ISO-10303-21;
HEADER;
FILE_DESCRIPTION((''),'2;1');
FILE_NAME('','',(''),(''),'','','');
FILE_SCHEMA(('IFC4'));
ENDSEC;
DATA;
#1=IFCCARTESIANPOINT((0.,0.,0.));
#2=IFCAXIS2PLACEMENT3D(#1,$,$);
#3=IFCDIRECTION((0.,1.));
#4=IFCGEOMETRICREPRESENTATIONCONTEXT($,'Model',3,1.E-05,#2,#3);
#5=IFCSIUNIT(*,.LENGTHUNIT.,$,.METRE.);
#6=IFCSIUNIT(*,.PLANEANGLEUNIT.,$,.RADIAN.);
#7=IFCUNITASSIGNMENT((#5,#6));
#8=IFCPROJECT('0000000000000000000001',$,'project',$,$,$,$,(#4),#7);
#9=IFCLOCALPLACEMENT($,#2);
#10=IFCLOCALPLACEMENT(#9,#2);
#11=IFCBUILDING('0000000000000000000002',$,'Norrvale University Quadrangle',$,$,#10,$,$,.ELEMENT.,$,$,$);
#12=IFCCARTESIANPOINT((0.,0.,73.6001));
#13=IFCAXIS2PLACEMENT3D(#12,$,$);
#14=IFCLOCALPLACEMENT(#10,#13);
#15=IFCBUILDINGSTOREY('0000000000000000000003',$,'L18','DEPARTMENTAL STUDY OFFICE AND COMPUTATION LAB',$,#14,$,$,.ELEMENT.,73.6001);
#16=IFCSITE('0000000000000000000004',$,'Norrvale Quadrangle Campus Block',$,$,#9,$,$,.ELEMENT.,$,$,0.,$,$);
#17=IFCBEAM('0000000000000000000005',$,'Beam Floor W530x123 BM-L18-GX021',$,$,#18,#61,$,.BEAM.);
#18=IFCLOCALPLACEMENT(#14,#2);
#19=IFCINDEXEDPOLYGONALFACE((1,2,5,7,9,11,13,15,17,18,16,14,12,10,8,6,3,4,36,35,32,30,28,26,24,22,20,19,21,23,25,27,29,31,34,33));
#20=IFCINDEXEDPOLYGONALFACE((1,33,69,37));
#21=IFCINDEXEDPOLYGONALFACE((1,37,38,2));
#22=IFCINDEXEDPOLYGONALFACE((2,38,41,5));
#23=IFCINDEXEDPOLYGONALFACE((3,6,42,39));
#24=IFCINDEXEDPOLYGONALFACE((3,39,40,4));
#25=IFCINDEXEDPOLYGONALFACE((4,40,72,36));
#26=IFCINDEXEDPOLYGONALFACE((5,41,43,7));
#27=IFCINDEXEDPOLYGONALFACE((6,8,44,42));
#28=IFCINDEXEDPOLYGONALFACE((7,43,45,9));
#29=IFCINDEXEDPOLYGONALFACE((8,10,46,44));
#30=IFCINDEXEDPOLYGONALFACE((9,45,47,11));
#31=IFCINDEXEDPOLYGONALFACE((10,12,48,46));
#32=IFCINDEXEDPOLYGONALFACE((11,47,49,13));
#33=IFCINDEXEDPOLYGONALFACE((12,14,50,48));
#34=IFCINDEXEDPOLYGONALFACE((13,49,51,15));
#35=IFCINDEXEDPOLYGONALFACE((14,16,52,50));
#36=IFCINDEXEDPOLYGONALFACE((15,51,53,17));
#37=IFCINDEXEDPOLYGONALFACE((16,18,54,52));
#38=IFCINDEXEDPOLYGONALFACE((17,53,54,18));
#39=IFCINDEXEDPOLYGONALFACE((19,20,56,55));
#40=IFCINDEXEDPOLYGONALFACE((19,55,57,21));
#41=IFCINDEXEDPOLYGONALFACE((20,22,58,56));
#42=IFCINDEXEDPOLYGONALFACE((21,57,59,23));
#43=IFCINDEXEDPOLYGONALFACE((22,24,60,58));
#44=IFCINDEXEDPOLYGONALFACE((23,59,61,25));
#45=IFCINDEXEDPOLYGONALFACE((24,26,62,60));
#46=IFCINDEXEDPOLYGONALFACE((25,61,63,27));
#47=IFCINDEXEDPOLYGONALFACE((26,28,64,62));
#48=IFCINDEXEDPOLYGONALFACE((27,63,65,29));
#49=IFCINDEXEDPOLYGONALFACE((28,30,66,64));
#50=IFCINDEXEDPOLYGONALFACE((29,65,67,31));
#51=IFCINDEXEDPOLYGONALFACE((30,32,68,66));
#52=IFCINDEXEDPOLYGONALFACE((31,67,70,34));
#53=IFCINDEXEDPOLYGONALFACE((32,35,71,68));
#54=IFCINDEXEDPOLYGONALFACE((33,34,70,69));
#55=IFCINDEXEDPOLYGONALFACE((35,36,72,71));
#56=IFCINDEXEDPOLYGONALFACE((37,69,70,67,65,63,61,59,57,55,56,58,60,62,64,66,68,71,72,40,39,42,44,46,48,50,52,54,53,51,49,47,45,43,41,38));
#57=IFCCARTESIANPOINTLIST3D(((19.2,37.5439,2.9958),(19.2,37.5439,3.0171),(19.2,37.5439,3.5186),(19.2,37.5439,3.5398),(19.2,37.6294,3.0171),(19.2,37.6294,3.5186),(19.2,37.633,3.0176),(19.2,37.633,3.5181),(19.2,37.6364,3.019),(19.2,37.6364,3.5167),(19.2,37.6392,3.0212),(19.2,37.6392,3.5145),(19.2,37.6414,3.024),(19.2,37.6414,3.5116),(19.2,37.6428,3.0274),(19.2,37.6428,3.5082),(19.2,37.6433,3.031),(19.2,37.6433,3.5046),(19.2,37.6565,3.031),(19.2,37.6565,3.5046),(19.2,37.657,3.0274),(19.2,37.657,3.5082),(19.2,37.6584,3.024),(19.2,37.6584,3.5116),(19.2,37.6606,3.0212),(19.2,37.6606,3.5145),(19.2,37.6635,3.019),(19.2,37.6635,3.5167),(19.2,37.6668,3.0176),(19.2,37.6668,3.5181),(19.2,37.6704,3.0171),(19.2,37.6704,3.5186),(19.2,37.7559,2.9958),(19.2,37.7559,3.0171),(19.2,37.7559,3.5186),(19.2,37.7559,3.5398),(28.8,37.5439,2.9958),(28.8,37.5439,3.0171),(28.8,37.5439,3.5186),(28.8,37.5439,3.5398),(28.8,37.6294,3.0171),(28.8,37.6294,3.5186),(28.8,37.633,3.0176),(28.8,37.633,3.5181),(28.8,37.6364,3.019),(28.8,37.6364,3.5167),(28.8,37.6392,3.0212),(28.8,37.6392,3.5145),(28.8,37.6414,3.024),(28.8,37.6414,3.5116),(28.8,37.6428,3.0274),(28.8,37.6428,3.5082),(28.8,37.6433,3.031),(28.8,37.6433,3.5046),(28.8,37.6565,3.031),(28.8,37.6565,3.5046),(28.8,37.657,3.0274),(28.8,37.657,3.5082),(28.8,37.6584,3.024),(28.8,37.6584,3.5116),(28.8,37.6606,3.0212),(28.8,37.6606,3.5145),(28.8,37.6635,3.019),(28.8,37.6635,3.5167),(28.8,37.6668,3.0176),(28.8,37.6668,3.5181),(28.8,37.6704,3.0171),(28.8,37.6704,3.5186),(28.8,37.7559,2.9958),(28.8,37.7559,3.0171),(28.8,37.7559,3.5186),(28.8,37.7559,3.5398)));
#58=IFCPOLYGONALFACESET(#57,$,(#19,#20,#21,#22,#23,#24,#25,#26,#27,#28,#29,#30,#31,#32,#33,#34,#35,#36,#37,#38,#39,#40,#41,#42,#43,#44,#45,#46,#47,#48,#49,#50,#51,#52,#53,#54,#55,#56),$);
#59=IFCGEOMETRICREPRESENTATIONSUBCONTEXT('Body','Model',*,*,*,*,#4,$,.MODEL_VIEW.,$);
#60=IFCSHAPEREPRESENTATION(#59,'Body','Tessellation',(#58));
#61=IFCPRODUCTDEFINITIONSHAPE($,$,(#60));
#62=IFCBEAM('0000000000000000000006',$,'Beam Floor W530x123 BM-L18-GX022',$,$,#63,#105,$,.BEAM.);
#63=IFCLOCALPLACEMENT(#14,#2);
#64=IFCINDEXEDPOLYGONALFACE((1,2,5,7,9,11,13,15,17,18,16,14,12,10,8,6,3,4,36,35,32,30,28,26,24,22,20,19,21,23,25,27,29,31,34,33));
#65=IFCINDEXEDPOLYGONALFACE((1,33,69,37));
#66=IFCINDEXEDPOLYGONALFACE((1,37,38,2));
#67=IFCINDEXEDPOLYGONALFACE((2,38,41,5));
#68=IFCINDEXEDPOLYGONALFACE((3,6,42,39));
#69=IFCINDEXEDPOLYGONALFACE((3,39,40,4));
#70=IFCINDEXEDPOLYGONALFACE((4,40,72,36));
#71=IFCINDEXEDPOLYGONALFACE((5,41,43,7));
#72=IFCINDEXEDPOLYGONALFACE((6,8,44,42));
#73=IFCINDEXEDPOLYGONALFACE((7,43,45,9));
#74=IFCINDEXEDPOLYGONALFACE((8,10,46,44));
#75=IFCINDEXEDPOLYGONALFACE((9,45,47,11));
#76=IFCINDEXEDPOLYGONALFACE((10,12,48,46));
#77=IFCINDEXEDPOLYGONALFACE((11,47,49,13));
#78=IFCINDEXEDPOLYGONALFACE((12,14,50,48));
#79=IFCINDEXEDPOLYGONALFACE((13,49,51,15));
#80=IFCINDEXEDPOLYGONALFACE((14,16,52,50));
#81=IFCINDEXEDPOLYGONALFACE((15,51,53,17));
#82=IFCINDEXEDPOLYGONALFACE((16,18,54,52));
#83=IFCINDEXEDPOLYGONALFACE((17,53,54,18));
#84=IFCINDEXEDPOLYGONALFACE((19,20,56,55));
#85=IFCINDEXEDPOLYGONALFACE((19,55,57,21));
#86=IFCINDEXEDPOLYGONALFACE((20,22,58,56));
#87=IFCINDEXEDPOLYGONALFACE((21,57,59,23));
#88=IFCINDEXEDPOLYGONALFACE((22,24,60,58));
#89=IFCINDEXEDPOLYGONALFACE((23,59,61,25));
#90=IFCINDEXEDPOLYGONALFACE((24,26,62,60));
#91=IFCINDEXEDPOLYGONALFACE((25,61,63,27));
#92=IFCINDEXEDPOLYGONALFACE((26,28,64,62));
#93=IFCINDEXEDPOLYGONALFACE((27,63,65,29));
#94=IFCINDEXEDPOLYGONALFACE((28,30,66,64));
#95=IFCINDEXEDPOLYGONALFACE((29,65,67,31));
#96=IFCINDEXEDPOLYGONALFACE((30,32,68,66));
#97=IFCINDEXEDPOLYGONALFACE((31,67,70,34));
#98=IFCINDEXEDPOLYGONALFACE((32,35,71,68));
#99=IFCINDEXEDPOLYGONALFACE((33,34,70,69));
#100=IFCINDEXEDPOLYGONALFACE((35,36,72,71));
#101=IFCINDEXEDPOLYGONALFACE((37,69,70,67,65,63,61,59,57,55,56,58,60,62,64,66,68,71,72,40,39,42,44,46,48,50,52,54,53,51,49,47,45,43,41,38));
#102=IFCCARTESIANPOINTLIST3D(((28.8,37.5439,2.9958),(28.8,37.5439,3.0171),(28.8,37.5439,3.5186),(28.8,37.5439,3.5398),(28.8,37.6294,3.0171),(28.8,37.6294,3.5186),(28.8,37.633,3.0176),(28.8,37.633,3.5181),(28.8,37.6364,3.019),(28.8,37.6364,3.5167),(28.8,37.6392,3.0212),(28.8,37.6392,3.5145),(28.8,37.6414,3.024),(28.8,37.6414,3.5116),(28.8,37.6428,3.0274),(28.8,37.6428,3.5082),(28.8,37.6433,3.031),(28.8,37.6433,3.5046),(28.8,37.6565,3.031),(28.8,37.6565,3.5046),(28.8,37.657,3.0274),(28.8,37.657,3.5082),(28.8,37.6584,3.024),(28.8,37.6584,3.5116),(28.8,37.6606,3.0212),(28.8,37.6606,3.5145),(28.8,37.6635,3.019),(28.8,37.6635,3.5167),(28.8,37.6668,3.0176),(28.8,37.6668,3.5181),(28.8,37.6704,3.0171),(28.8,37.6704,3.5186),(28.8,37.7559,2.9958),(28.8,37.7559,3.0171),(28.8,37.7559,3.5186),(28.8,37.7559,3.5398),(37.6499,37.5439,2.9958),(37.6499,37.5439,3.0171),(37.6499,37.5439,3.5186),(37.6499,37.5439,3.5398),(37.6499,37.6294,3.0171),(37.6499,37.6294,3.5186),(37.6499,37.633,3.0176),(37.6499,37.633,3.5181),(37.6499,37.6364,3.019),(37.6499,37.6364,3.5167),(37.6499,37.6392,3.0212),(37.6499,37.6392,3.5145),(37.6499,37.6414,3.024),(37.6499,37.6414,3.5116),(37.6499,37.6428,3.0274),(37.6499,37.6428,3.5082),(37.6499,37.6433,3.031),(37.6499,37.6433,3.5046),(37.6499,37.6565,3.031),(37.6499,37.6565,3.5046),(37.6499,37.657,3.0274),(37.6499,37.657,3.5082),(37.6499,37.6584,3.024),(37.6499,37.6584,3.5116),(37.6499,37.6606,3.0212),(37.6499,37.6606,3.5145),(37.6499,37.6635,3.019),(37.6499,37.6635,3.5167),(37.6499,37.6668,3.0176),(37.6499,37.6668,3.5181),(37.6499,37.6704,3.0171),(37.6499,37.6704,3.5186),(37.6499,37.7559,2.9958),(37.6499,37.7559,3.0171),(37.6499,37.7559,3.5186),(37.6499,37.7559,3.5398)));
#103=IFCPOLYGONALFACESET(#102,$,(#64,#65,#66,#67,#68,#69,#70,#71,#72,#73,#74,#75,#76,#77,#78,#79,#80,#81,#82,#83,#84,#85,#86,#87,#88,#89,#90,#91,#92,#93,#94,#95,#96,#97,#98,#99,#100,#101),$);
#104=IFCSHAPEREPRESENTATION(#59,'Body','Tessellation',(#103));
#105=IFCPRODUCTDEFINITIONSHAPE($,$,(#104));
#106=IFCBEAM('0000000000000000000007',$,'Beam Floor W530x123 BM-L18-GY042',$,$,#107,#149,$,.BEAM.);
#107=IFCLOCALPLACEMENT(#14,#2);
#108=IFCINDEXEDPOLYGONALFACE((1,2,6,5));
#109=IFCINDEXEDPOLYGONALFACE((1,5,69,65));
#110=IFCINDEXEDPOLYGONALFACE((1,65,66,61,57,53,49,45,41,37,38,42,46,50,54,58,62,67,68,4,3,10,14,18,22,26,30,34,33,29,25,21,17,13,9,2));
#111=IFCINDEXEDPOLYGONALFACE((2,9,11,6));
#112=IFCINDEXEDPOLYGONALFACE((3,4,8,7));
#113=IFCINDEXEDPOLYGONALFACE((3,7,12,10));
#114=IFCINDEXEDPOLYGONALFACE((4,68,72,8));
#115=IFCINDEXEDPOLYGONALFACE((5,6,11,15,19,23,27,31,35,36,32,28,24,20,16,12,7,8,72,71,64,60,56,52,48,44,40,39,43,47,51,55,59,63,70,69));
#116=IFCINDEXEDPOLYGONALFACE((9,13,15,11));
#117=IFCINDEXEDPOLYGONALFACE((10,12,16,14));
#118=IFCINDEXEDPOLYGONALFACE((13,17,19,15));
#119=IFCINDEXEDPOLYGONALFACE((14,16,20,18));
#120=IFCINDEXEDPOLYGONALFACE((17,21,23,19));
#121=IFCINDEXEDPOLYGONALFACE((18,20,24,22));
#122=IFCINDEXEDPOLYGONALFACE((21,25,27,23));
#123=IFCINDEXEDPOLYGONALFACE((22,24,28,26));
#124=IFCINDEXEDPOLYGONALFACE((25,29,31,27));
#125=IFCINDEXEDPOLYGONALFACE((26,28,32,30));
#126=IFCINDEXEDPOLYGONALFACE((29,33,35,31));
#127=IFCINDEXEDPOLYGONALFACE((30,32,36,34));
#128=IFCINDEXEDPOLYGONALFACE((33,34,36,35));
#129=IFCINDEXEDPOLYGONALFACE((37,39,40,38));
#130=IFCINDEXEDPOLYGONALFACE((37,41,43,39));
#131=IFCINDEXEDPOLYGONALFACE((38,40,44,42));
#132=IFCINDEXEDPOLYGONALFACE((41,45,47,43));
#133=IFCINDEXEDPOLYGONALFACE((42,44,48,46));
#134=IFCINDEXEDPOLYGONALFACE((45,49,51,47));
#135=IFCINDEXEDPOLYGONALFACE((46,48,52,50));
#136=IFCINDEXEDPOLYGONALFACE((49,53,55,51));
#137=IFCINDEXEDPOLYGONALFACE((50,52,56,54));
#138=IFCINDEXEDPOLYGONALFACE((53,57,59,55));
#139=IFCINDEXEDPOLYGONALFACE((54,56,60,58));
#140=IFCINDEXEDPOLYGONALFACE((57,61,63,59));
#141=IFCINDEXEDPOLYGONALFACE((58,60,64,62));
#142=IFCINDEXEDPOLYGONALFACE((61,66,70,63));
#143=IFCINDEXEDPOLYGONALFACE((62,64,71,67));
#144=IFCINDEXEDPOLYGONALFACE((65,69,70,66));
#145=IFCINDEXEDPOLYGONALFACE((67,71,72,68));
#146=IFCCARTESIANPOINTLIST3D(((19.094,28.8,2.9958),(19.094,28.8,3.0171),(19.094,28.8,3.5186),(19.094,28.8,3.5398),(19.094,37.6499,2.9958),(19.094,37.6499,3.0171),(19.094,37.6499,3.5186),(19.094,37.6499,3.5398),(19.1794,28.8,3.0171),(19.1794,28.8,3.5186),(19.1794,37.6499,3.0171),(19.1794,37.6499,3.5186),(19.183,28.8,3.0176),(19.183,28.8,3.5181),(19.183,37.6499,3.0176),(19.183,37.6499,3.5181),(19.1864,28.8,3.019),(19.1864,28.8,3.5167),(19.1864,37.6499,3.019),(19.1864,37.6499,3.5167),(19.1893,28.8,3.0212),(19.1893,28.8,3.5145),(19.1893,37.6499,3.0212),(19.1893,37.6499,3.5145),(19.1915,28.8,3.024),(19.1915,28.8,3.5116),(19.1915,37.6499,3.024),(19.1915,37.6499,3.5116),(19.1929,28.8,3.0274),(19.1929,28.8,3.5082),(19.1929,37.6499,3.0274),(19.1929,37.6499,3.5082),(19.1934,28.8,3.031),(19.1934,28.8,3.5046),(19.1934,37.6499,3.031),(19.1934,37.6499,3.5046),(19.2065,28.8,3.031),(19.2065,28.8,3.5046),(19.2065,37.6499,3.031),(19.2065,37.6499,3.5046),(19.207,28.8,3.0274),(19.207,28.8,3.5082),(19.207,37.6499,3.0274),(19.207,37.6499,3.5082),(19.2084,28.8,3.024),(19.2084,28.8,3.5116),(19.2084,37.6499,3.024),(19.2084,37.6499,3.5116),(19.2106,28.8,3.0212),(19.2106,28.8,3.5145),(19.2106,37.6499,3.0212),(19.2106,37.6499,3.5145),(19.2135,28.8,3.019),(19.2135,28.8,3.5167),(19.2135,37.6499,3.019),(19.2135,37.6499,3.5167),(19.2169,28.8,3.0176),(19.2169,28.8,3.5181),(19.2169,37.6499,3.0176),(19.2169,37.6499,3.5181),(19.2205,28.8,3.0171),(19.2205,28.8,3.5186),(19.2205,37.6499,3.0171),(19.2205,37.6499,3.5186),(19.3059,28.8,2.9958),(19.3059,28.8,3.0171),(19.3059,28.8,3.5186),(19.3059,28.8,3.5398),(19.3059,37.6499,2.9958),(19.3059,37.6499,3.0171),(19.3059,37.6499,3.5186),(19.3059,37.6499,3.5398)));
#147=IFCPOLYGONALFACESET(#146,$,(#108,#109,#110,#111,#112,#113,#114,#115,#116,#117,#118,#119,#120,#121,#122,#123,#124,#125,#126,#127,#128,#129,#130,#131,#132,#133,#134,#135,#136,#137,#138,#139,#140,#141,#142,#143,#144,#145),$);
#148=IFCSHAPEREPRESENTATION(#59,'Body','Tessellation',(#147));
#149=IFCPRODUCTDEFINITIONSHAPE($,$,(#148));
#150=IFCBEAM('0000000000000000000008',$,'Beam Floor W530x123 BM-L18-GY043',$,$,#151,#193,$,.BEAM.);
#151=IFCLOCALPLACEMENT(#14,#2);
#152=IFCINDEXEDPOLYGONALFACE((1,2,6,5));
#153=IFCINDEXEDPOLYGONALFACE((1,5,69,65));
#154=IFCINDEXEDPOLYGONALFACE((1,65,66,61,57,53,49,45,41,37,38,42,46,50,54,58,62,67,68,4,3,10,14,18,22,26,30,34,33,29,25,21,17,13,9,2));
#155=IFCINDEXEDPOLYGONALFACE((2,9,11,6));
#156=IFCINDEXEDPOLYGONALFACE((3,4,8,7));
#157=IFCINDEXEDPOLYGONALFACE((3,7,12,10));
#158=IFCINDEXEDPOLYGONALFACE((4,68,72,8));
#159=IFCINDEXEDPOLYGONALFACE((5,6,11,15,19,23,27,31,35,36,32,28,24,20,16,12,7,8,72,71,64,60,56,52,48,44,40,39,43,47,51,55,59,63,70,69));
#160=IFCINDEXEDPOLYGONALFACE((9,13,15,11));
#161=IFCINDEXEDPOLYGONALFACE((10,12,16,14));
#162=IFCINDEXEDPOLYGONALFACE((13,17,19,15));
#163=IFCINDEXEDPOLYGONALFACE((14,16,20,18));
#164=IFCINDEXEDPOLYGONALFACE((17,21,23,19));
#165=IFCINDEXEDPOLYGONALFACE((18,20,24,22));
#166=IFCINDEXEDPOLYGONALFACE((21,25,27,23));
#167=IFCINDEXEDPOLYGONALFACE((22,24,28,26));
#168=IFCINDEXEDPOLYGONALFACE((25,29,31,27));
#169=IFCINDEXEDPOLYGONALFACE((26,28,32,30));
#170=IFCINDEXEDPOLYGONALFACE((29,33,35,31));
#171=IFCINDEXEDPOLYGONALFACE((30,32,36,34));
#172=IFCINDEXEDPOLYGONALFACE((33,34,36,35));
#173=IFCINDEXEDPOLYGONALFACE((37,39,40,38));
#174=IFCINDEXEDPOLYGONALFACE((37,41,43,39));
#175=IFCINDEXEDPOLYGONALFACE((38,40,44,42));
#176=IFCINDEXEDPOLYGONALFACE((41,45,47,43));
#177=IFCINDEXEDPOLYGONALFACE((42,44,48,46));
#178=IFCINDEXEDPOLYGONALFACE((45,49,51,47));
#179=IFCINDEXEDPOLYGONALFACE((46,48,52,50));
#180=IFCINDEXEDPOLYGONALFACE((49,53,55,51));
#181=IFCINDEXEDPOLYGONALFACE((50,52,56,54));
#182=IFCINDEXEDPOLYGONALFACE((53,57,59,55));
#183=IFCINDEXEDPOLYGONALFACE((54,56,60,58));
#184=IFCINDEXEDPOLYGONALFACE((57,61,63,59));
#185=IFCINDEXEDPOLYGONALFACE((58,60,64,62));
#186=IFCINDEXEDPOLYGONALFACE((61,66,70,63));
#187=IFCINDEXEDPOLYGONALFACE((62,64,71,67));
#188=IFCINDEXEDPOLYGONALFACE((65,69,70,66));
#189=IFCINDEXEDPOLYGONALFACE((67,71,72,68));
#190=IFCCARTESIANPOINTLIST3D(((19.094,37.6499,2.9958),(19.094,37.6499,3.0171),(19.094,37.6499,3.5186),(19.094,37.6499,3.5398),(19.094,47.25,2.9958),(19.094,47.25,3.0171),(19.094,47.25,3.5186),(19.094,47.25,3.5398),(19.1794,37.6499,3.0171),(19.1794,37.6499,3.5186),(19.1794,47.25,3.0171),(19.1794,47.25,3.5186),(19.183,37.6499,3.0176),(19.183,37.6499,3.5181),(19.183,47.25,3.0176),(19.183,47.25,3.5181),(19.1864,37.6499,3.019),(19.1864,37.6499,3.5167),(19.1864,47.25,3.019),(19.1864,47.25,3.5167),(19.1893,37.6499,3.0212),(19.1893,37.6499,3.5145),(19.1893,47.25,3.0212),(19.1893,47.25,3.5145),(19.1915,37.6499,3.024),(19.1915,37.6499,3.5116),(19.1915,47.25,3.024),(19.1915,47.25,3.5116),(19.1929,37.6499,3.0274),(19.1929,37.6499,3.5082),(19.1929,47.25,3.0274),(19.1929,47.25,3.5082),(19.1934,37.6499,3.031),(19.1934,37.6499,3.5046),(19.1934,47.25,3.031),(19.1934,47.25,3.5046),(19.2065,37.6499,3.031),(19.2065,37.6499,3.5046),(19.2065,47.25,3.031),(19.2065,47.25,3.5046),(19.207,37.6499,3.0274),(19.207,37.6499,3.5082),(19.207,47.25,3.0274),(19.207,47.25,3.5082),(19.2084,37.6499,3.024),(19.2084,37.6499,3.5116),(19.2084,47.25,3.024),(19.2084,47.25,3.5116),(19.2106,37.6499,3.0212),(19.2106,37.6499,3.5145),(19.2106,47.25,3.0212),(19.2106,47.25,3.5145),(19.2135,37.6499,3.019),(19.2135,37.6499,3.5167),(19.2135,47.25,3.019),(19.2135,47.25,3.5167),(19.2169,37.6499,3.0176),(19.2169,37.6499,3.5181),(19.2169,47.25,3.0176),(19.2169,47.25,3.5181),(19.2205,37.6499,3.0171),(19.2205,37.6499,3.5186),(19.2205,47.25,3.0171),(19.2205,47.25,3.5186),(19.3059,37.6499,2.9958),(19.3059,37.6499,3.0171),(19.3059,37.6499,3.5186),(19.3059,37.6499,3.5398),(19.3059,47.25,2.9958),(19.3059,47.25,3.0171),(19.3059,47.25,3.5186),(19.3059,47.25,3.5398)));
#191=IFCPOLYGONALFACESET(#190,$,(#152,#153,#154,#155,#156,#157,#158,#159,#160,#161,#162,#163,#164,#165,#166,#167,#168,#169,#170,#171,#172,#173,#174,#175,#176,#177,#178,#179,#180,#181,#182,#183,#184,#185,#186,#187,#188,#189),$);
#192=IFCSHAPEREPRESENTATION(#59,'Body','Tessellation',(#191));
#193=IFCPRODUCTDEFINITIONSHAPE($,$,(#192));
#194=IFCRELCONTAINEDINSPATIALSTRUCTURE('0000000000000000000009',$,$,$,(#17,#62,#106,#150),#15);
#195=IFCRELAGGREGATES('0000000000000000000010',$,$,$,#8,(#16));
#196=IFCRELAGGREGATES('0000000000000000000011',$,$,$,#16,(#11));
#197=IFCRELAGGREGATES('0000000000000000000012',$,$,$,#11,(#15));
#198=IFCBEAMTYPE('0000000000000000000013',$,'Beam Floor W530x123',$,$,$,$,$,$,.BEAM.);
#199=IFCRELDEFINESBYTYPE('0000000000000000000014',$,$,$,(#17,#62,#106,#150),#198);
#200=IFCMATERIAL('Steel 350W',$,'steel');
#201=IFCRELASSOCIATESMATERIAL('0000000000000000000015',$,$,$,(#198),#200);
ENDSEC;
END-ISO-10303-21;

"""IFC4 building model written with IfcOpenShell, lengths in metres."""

from ifc_helpers import new_model, si_unit, direction, frame, origin, origin_2d, place, context, subcontext, project, spatial, i_section, extrude, material, material_profile, profile_set, type_object, element, save


model = new_model("IFC4")

# Units and contexts
model_context = context("Model", 3, precision=1e-05, world=origin(), true_north=direction((0.0, 1.0)))
body_context = subcontext(model_context, "Body", "Model", "MODEL_VIEW")
ifc_project = project(units=[si_unit("LENGTHUNIT", "METRE"), si_unit("PLANEANGLEUNIT", "RADIAN")], contexts=[model_context])

# Site, building, storey
site_placement = place(None, origin())
site = spatial("IfcSite", under=ifc_project, at=site_placement, Name="Norrvale Quadrangle Campus Block", CompositionType="ELEMENT", RefElevation=0.0)
building_placement = place(site_placement, origin())
building = spatial("IfcBuilding", under=site, at=building_placement, Name="Norrvale University Quadrangle", CompositionType="ELEMENT")
storey_placement = place(building_placement, frame((0.0, 0.0, 73.6001)))
storey = spatial("IfcBuildingStorey", under=building, at=storey_placement, Name="L18", Description="DEPARTMENTAL STUDY OFFICE AND COMPUTATION LAB", CompositionType="ELEMENT", Elevation=73.6001)

# Beams
ifc_material_1 = material(Name="Steel 350W", Category="steel")
ifc_material_profile_1 = material_profile(ifc_material_1, i_section(OverallWidth=0.2119, OverallDepth=0.5439, WebThickness=0.0132, FlangeThickness=0.0212, FilletRadius=0.0139, at=origin_2d()), Name="Steel 350W")
ifc_profile_set_1 = profile_set([ifc_material_profile_1], Name="Steel 350W")
beam_type_1 = type_object("IfcBeamType", Name="Beam Floor W530x123", PredefinedType="BEAM", material=ifc_profile_set_1)
beam_1_placement = place(storey_placement, frame((19.2, 37.6499, 3.2678), z_axis=(1.0, 0.0, 0.0), x_axis=(0.0, 1.0, 0.0)))
element("IfcBeam", 1, at=beam_1_placement, inside=storey, type_object=beam_type_1, Name="Beam Floor W530x123 BM-L18-GX021", PredefinedType="BEAM", context=body_context, shape_type="SweptSolid", body=[
    extrude(i_section(OverallWidth=0.2119, OverallDepth=0.5439, WebThickness=0.0132, FlangeThickness=0.0212, FilletRadius=0.0139, at=origin_2d()), origin(), (0.0, 0.0, 1.0), 9.6001),
])
for number, where, z_axis, x_axis, name in (
    (2, (28.8, 37.6499, 3.2678), (1.0, 0.0, 0.0), (0.0, 1.0, 0.0), "Beam Floor W530x123 BM-L18-GX022"),
    (3, (19.2, 28.8, 3.2678), (0.0, 1.0, 0.0), (-1.0, 0.0, 0.0), "Beam Floor W530x123 BM-L18-GY042"),
):
    element("IfcBeam", number, at=place(storey_placement, frame(where, z_axis=z_axis, x_axis=x_axis)), inside=storey, type_object=beam_type_1, Name=name, PredefinedType="BEAM", context=body_context, shape_type="SweptSolid", body=[
        extrude(i_section(OverallWidth=0.2119, OverallDepth=0.5439, WebThickness=0.0132, FlangeThickness=0.0212, FilletRadius=0.0139, at=origin_2d()), origin(), (0.0, 0.0, 1.0), 8.8499),
    ])
beam_2_placement = place(storey_placement, frame((19.2, 37.6499, 3.2678), z_axis=(0.0, 1.0, 0.0), x_axis=(-1.0, 0.0, 0.0)))
element("IfcBeam", 4, at=beam_2_placement, inside=storey, type_object=beam_type_1, Name="Beam Floor W530x123 BM-L18-GY043", PredefinedType="BEAM", context=body_context, shape_type="SweptSolid", body=[
    extrude(i_section(OverallWidth=0.2119, OverallDepth=0.5439, WebThickness=0.0132, FlangeThickness=0.0212, FilletRadius=0.0139, at=origin_2d()), origin(), (0.0, 0.0, 1.0), 9.6001),
])

save(model, "model.ifc")
